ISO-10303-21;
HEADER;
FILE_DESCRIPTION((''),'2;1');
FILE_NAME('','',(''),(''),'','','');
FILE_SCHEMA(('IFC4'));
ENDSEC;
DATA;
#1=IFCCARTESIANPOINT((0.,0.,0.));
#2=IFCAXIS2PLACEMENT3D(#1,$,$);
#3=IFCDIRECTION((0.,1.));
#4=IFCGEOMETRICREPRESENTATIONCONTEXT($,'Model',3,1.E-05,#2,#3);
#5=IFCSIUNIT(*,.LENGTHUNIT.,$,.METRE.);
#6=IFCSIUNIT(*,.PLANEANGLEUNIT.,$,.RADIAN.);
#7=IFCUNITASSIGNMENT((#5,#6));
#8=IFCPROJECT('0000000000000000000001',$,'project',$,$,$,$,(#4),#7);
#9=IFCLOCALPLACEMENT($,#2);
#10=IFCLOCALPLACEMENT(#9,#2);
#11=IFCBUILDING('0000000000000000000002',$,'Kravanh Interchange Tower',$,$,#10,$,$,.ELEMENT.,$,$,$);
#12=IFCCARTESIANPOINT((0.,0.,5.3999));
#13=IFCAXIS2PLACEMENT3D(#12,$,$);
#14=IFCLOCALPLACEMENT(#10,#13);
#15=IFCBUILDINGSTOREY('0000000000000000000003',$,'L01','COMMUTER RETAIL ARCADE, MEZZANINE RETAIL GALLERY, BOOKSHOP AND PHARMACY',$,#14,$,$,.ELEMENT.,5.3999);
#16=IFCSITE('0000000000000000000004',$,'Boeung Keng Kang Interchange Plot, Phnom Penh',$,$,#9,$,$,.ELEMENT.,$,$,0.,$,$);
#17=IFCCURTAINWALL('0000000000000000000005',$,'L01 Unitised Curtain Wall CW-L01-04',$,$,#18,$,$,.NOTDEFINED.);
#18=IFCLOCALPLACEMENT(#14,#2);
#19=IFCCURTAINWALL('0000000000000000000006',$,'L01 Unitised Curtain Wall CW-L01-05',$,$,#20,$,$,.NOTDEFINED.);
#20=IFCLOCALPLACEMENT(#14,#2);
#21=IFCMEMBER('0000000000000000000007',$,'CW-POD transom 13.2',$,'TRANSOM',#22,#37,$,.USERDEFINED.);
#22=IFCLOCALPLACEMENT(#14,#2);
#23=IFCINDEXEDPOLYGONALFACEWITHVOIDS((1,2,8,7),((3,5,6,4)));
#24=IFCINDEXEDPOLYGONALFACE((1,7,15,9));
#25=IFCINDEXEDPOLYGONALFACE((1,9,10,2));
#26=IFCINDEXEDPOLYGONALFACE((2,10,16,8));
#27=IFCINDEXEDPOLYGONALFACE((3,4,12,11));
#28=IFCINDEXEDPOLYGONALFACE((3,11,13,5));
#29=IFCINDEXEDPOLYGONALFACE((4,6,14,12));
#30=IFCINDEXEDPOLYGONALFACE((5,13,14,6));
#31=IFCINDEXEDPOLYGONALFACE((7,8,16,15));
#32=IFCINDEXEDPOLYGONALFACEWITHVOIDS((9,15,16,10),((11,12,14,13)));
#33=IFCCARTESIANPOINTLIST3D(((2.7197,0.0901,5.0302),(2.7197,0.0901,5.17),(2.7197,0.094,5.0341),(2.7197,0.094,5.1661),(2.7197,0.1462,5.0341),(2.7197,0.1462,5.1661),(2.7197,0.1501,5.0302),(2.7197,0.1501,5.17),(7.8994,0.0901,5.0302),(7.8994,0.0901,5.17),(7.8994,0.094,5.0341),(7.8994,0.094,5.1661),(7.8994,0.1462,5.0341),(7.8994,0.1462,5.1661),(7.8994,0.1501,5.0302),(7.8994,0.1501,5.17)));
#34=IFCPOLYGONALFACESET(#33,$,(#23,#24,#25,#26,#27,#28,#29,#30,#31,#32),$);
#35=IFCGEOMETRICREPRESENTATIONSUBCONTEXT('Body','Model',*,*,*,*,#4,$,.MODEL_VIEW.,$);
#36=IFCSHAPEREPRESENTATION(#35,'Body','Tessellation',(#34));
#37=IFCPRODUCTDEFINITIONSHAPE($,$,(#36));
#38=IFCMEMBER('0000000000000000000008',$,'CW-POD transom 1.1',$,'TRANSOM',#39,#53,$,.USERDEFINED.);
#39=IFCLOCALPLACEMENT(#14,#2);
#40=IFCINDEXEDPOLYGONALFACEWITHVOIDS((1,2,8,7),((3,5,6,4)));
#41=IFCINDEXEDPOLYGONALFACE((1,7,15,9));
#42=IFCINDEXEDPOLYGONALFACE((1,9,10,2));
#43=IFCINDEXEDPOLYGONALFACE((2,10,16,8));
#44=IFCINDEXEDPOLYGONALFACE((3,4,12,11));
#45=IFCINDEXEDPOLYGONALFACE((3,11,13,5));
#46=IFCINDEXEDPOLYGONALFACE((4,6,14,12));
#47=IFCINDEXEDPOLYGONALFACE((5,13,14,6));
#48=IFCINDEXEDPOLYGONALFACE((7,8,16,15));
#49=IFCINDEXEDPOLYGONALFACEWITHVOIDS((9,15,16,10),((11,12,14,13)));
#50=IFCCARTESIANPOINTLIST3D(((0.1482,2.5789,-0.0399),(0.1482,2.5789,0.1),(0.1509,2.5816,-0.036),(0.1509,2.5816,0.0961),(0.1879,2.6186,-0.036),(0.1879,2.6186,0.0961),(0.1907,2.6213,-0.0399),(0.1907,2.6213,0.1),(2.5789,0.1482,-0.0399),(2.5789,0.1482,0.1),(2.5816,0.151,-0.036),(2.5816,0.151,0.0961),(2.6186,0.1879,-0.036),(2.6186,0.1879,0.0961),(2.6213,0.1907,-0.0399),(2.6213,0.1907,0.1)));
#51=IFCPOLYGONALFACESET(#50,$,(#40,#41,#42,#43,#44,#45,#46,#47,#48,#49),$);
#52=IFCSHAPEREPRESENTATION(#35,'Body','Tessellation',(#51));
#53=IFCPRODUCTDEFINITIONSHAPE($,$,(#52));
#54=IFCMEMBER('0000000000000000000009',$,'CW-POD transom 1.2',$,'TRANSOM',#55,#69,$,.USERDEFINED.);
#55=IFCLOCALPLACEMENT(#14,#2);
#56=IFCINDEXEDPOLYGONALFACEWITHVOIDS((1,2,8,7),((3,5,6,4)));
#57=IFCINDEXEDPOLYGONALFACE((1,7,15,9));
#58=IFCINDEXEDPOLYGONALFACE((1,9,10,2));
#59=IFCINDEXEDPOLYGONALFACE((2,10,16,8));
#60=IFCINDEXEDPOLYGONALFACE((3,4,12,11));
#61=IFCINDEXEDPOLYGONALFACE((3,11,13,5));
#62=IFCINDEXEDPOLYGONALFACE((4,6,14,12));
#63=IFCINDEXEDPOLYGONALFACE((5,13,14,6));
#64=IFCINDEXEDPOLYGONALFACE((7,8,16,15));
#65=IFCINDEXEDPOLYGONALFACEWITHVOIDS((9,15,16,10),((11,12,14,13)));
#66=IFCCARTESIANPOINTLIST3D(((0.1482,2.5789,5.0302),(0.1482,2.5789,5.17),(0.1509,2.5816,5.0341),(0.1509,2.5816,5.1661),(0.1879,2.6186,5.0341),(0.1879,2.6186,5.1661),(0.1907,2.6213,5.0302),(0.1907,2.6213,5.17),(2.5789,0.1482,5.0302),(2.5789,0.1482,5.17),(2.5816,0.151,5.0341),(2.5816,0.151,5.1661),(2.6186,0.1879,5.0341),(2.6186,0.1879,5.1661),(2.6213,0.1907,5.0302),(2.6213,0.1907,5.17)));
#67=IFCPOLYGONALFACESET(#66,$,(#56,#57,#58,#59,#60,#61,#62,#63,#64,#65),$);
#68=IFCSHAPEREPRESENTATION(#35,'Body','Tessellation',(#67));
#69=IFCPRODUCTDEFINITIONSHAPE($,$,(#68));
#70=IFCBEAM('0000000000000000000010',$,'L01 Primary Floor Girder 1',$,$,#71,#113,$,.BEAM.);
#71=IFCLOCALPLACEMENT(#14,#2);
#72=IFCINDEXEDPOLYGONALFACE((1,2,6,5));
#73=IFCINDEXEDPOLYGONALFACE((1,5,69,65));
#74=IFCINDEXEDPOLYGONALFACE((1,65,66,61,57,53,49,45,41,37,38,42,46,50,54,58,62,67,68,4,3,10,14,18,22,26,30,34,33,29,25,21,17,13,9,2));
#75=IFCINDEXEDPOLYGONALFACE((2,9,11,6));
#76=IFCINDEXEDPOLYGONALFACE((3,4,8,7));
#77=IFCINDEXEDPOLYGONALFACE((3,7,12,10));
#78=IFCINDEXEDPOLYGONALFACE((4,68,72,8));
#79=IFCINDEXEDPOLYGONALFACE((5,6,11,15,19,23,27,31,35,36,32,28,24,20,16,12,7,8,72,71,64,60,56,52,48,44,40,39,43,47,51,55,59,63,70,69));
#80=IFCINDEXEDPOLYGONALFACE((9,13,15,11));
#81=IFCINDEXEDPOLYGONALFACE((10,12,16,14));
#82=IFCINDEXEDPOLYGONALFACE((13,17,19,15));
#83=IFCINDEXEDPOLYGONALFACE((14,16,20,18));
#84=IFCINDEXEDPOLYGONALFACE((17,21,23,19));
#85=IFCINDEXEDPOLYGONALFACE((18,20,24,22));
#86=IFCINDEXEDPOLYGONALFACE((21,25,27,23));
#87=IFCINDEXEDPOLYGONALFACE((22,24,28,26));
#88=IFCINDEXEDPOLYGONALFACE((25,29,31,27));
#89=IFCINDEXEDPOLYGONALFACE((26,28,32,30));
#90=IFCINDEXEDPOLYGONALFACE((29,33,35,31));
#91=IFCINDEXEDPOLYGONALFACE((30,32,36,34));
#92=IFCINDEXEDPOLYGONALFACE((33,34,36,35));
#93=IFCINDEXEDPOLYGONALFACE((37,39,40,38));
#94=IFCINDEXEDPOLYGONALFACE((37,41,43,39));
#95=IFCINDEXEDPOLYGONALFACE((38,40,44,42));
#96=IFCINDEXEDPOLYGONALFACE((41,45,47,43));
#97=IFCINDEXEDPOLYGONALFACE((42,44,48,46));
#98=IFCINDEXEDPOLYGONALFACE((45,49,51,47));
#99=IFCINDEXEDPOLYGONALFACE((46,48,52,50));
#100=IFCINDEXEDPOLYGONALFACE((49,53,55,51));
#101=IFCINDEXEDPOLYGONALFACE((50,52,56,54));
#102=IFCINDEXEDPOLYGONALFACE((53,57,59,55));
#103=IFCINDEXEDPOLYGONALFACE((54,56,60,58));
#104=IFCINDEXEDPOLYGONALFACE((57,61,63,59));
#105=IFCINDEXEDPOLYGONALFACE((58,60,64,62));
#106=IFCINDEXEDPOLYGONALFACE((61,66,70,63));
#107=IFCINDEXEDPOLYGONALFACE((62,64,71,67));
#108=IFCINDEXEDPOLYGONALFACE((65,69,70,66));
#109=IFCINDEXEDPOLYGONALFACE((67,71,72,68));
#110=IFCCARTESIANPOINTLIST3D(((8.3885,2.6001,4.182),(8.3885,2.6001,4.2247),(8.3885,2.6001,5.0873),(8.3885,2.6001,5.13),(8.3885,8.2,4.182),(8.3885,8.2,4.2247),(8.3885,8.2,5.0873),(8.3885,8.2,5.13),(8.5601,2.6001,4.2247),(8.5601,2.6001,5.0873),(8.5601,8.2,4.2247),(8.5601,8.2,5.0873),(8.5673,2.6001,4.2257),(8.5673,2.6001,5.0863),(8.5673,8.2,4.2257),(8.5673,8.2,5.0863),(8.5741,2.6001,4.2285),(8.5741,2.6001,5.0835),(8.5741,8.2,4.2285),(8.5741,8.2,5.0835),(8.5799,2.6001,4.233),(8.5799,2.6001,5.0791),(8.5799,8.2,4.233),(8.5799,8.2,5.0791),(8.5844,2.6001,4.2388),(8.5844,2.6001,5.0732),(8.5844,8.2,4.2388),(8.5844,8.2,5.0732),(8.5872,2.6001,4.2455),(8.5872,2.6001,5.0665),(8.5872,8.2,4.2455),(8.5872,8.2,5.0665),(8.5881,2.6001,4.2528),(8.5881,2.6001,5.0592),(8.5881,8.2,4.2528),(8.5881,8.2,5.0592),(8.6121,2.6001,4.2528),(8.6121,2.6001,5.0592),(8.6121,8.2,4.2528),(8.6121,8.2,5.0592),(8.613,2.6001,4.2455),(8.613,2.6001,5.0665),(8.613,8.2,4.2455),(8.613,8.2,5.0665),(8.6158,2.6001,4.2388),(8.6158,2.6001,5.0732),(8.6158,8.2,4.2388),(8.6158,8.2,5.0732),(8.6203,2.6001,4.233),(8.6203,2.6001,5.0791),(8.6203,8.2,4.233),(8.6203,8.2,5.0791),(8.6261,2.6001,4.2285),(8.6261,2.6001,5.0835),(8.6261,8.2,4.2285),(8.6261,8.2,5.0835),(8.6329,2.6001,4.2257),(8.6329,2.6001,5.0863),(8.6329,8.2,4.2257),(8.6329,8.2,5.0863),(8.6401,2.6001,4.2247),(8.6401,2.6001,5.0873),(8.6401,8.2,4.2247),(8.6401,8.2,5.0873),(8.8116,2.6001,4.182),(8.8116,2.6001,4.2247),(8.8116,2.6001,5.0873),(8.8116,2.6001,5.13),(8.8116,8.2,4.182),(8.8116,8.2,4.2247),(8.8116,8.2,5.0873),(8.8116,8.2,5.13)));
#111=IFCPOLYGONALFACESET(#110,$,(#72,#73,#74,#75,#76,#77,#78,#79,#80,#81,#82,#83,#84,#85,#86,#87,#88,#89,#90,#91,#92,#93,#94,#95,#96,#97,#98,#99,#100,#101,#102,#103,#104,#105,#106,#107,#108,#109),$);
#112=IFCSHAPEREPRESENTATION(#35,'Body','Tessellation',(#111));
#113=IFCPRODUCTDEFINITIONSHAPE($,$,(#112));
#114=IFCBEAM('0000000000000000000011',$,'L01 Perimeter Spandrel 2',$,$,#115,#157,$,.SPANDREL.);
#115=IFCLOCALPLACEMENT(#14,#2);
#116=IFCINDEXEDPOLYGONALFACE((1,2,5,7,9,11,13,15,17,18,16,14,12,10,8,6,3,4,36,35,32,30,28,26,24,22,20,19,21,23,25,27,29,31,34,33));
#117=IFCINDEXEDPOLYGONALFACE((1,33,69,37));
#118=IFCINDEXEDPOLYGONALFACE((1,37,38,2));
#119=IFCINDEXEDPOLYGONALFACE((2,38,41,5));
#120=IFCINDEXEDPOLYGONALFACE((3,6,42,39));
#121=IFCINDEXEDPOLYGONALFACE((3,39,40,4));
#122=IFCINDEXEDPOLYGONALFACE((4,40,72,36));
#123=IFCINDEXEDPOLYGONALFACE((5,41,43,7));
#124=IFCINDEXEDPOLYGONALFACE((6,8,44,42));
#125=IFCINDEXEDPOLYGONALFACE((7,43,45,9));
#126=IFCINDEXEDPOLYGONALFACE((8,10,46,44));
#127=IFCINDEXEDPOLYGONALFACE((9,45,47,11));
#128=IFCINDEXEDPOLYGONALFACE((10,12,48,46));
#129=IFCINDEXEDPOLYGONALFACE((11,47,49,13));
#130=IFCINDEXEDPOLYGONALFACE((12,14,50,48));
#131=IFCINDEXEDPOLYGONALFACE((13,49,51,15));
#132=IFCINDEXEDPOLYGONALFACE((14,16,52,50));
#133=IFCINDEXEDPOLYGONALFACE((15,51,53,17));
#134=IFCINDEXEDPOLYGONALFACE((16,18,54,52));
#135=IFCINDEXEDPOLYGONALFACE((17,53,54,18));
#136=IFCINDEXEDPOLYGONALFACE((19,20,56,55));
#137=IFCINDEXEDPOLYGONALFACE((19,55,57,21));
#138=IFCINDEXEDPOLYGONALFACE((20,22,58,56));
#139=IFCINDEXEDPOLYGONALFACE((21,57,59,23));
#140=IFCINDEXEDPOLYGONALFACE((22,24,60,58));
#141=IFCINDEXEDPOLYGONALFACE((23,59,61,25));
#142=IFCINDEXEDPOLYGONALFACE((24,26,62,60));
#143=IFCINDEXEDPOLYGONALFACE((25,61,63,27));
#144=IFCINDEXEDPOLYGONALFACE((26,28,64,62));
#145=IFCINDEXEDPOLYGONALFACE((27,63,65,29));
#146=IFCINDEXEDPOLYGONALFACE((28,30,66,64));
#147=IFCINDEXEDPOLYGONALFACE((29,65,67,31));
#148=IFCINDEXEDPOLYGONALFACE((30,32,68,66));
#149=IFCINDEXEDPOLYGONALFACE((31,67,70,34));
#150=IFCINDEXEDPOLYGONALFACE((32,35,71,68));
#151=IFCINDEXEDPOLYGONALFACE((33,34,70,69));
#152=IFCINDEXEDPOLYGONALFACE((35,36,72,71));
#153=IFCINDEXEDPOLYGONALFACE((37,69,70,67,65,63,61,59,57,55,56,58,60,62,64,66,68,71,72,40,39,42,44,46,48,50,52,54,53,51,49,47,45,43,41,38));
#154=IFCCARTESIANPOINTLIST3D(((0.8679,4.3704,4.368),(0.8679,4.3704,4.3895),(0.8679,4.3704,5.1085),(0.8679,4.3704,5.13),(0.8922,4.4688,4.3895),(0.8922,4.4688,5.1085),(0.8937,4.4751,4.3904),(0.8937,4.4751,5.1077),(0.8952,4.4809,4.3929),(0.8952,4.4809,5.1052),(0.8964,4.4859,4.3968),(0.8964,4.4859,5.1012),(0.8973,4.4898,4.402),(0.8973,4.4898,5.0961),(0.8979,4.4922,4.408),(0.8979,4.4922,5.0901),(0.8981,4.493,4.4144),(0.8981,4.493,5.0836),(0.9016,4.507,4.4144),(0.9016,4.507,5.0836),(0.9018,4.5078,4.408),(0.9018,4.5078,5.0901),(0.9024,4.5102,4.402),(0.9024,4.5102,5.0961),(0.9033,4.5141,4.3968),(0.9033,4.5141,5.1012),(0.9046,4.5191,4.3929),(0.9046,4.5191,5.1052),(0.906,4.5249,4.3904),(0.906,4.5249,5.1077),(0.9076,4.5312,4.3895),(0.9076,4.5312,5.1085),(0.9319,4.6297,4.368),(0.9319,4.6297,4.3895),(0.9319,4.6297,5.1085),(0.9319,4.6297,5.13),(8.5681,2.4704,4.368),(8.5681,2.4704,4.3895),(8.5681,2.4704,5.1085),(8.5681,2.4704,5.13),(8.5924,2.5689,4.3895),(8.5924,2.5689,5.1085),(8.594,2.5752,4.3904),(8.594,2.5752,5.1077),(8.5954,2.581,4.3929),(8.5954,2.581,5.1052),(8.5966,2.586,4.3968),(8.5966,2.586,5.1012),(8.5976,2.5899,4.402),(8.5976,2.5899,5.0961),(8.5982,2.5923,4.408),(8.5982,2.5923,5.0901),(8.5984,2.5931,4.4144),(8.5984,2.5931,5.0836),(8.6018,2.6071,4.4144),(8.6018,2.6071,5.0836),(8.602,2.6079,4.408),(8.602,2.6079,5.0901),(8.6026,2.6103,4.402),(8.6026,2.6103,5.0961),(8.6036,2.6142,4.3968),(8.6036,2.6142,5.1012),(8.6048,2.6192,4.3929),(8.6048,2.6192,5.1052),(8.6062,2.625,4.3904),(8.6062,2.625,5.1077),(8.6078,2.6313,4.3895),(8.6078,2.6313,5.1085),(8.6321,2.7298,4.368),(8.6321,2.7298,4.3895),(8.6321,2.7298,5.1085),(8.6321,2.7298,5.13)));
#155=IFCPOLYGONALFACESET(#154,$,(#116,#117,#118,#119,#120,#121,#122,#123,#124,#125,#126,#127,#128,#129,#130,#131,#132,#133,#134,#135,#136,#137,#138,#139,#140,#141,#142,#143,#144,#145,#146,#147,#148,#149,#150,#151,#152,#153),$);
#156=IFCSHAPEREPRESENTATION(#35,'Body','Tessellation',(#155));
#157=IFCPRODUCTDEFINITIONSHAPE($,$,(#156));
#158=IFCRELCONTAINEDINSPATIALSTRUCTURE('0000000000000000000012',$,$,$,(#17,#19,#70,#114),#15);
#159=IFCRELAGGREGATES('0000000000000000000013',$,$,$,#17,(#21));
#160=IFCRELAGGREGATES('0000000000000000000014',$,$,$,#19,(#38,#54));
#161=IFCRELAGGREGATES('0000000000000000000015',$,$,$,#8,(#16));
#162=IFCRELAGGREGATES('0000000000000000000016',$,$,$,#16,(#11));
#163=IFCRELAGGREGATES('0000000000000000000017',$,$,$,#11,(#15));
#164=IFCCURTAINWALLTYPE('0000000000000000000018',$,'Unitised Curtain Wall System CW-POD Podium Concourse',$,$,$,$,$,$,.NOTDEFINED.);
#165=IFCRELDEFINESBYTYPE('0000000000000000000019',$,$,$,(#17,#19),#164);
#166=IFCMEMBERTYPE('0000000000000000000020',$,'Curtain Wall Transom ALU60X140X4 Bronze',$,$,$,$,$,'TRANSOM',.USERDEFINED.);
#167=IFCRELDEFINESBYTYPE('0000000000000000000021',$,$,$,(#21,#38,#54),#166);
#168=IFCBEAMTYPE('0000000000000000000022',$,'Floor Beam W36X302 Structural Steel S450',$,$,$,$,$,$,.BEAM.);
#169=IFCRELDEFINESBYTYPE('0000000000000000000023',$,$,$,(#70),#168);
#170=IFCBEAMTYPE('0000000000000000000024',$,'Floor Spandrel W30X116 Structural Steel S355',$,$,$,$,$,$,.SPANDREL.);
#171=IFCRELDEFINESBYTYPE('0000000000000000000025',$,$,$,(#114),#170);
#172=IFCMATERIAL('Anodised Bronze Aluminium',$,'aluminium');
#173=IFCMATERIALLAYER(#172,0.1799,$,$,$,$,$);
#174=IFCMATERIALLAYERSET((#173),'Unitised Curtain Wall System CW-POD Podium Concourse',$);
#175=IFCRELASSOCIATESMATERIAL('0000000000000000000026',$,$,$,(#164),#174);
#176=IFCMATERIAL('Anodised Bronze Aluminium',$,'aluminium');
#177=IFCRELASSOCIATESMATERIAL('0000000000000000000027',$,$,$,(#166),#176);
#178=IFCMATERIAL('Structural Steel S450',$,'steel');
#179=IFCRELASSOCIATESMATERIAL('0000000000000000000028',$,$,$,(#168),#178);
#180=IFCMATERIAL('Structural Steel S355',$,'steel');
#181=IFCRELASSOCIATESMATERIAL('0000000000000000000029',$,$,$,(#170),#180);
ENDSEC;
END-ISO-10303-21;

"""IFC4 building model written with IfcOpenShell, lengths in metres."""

from ifc_helpers import new_model, si_unit, direction, frame, origin, origin_2d, place, context, subcontext, project, spatial, hollow_rectangle, i_section, extrude, material, layer, layer_set, material_profile, profile_set, type_object, element, aggregate, save


model = new_model("IFC4")

# Units and contexts
model_context = context("Model", 3, precision=1e-05, world=origin(), true_north=direction((0.0, 1.0)))
body_context = subcontext(model_context, "Body", "Model", "MODEL_VIEW")
ifc_project = project(units=[si_unit("LENGTHUNIT", "METRE"), si_unit("PLANEANGLEUNIT", "RADIAN")], contexts=[model_context])

# Site, building, storey
site_placement = place(None, origin())
site = spatial("IfcSite", under=ifc_project, at=site_placement, Name="Boeung Keng Kang Interchange Plot, Phnom Penh", CompositionType="ELEMENT", RefElevation=0.0)
building_placement = place(site_placement, origin())
building = spatial("IfcBuilding", under=site, at=building_placement, Name="Kravanh Interchange Tower", CompositionType="ELEMENT")
storey_placement = place(building_placement, frame((0.0, 0.0, 5.3999)))
storey = spatial("IfcBuildingStorey", under=building, at=storey_placement, Name="L01", Description="COMMUTER RETAIL ARCADE, MEZZANINE RETAIL GALLERY, BOOKSHOP AND PHARMACY", CompositionType="ELEMENT", Elevation=5.3999)

# Shared definitions
ifc_material_1 = material(Name="Anodised Bronze Aluminium", Category="aluminium")
ifc_layer_1 = layer(ifc_material_1, 0.1799)
ifc_layer_set_1 = layer_set([ifc_layer_1], Name="Unitised Curtain Wall System CW-POD Podium Concourse")
curtain_wall_type = type_object("IfcCurtainWallType", Name="Unitised Curtain Wall System CW-POD Podium Concourse", PredefinedType="NOTDEFINED", material=ifc_layer_set_1)

# Curtain walls
curtain_wall_1_placement = place(storey_placement, origin())
curtain_wall_1 = element("IfcCurtainWall", 1, at=curtain_wall_1_placement, inside=storey, type_object=curtain_wall_type, Name="L01 Unitised Curtain Wall CW-L01-04", PredefinedType="NOTDEFINED")
curtain_wall_2_placement = place(storey_placement, origin())
curtain_wall_2 = element("IfcCurtainWall", 2, at=curtain_wall_2_placement, inside=storey, type_object=curtain_wall_type, Name="L01 Unitised Curtain Wall CW-L01-05", PredefinedType="NOTDEFINED")

# Members
ifc_material_2 = material(Name="Anodised Bronze Aluminium", Category="aluminium")
ifc_material_profile_1 = material_profile(ifc_material_2, hollow_rectangle(XDim=0.0601, YDim=0.1399, WallThickness=0.0039, at=origin_2d()), Name="ALU60X140X4")
ifc_profile_set_1 = profile_set([ifc_material_profile_1], Name="Anodised Bronze Aluminium")
member_type_1 = type_object("IfcMemberType", Name="Curtain Wall Transom ALU60X140X4 Bronze", ElementType="TRANSOM", PredefinedType="USERDEFINED", material=ifc_profile_set_1)
member_1_placement = place(storey_placement, frame((7.8994, 0.1201, 5.1001), z_axis=(-1.0, 0.0, 0.0), x_axis=(0.0, -1.0, 0.0)))
member_1 = element("IfcMember", 3, at=member_1_placement, type_object=member_type_1, Name="CW-POD transom 13.2", ObjectType="TRANSOM", PredefinedType="USERDEFINED", context=body_context, shape_type="SweptSolid", body=[
    extrude(hollow_rectangle(XDim=0.0601, YDim=0.1399, WallThickness=0.0039, at=origin_2d()), origin(), (0.0, 0.0, 1.0), 5.1797),
])
member_2_placement = place(storey_placement, frame((2.6001, 0.1694, 0.03), z_axis=(-0.707107, 0.707107, 0.0), x_axis=(-0.707107, -0.707107, 0.0)))
member_2 = element("IfcMember", 4, at=member_2_placement, type_object=member_type_1, Name="CW-POD transom 1.1", ObjectType="TRANSOM", PredefinedType="USERDEFINED", context=body_context, shape_type="SweptSolid", body=[
    extrude(hollow_rectangle(XDim=0.0601, YDim=0.1399, WallThickness=0.0039, at=origin_2d()), origin(), (0.0, 0.0, 1.0), 3.4375),
])
member_3_placement = place(storey_placement, frame((2.6001, 0.1694, 5.1001), z_axis=(-0.707107, 0.707107, 0.0), x_axis=(-0.707107, -0.707107, 0.0)))
member_3 = element("IfcMember", 5, at=member_3_placement, type_object=member_type_1, Name="CW-POD transom 1.2", ObjectType="TRANSOM", PredefinedType="USERDEFINED", context=body_context, shape_type="SweptSolid", body=[
    extrude(hollow_rectangle(XDim=0.0601, YDim=0.1399, WallThickness=0.0039, at=origin_2d()), origin(), (0.0, 0.0, 1.0), 3.4375),
])

# Beams
ifc_material_3 = material(Name="Structural Steel S450", Category="steel")
ifc_material_profile_2 = material_profile(ifc_material_3, i_section(OverallWidth=0.4231, OverallDepth=0.948, WebThickness=0.0239, FlangeThickness=0.0427, FilletRadius=0.0281, at=origin_2d()), Name="W36X302")
ifc_profile_set_2 = profile_set([ifc_material_profile_2], Name="Structural Steel S450")
beam_type_1 = type_object("IfcBeamType", Name="Floor Beam W36X302 Structural Steel S450", PredefinedType="BEAM", material=ifc_profile_set_2)
beam_1_placement = place(storey_placement, frame((8.6001, 2.6001, 4.656), z_axis=(0.0, 1.0, 0.0), x_axis=(-1.0, 0.0, 0.0)))
element("IfcBeam", 6, at=beam_1_placement, inside=storey, type_object=beam_type_1, Name="L01 Primary Floor Girder 1", PredefinedType="BEAM", context=body_context, shape_type="SweptSolid", body=[
    extrude(i_section(OverallWidth=0.4231, OverallDepth=0.948, WebThickness=0.0239, FlangeThickness=0.0427, FilletRadius=0.0281, at=origin_2d()), origin(), (0.0, 0.0, 1.0), 5.5999),
])
ifc_material_4 = material(Name="Structural Steel S355", Category="steel")
ifc_material_profile_3 = material_profile(ifc_material_4, i_section(OverallWidth=0.2671, OverallDepth=0.762, WebThickness=0.0144, FlangeThickness=0.0215, FilletRadius=0.0249, at=origin_2d()), Name="W30X116")
ifc_profile_set_3 = profile_set([ifc_material_profile_3], Name="Structural Steel S355")
beam_type_2 = type_object("IfcBeamType", Name="Floor Spandrel W30X116 Structural Steel S355", PredefinedType="SPANDREL", material=ifc_profile_set_3)
beam_2_placement = place(storey_placement, frame((8.6001, 2.6001, 4.749), z_axis=(-0.970884, 0.23955, 0.0), x_axis=(-0.23955, -0.970884, 0.0)))
element("IfcBeam", 7, at=beam_2_placement, inside=storey, type_object=beam_type_2, Name="L01 Perimeter Spandrel 2", PredefinedType="SPANDREL", context=body_context, shape_type="SweptSolid", body=[
    extrude(i_section(OverallWidth=0.2671, OverallDepth=0.762, WebThickness=0.0144, FlangeThickness=0.0215, FilletRadius=0.0249, at=origin_2d()), origin(), (0.0, 0.0, 1.0), 7.9312),
])

aggregate(curtain_wall_1, [member_1])
aggregate(curtain_wall_2, [member_2, member_3])

save(model, "model.ifc")
